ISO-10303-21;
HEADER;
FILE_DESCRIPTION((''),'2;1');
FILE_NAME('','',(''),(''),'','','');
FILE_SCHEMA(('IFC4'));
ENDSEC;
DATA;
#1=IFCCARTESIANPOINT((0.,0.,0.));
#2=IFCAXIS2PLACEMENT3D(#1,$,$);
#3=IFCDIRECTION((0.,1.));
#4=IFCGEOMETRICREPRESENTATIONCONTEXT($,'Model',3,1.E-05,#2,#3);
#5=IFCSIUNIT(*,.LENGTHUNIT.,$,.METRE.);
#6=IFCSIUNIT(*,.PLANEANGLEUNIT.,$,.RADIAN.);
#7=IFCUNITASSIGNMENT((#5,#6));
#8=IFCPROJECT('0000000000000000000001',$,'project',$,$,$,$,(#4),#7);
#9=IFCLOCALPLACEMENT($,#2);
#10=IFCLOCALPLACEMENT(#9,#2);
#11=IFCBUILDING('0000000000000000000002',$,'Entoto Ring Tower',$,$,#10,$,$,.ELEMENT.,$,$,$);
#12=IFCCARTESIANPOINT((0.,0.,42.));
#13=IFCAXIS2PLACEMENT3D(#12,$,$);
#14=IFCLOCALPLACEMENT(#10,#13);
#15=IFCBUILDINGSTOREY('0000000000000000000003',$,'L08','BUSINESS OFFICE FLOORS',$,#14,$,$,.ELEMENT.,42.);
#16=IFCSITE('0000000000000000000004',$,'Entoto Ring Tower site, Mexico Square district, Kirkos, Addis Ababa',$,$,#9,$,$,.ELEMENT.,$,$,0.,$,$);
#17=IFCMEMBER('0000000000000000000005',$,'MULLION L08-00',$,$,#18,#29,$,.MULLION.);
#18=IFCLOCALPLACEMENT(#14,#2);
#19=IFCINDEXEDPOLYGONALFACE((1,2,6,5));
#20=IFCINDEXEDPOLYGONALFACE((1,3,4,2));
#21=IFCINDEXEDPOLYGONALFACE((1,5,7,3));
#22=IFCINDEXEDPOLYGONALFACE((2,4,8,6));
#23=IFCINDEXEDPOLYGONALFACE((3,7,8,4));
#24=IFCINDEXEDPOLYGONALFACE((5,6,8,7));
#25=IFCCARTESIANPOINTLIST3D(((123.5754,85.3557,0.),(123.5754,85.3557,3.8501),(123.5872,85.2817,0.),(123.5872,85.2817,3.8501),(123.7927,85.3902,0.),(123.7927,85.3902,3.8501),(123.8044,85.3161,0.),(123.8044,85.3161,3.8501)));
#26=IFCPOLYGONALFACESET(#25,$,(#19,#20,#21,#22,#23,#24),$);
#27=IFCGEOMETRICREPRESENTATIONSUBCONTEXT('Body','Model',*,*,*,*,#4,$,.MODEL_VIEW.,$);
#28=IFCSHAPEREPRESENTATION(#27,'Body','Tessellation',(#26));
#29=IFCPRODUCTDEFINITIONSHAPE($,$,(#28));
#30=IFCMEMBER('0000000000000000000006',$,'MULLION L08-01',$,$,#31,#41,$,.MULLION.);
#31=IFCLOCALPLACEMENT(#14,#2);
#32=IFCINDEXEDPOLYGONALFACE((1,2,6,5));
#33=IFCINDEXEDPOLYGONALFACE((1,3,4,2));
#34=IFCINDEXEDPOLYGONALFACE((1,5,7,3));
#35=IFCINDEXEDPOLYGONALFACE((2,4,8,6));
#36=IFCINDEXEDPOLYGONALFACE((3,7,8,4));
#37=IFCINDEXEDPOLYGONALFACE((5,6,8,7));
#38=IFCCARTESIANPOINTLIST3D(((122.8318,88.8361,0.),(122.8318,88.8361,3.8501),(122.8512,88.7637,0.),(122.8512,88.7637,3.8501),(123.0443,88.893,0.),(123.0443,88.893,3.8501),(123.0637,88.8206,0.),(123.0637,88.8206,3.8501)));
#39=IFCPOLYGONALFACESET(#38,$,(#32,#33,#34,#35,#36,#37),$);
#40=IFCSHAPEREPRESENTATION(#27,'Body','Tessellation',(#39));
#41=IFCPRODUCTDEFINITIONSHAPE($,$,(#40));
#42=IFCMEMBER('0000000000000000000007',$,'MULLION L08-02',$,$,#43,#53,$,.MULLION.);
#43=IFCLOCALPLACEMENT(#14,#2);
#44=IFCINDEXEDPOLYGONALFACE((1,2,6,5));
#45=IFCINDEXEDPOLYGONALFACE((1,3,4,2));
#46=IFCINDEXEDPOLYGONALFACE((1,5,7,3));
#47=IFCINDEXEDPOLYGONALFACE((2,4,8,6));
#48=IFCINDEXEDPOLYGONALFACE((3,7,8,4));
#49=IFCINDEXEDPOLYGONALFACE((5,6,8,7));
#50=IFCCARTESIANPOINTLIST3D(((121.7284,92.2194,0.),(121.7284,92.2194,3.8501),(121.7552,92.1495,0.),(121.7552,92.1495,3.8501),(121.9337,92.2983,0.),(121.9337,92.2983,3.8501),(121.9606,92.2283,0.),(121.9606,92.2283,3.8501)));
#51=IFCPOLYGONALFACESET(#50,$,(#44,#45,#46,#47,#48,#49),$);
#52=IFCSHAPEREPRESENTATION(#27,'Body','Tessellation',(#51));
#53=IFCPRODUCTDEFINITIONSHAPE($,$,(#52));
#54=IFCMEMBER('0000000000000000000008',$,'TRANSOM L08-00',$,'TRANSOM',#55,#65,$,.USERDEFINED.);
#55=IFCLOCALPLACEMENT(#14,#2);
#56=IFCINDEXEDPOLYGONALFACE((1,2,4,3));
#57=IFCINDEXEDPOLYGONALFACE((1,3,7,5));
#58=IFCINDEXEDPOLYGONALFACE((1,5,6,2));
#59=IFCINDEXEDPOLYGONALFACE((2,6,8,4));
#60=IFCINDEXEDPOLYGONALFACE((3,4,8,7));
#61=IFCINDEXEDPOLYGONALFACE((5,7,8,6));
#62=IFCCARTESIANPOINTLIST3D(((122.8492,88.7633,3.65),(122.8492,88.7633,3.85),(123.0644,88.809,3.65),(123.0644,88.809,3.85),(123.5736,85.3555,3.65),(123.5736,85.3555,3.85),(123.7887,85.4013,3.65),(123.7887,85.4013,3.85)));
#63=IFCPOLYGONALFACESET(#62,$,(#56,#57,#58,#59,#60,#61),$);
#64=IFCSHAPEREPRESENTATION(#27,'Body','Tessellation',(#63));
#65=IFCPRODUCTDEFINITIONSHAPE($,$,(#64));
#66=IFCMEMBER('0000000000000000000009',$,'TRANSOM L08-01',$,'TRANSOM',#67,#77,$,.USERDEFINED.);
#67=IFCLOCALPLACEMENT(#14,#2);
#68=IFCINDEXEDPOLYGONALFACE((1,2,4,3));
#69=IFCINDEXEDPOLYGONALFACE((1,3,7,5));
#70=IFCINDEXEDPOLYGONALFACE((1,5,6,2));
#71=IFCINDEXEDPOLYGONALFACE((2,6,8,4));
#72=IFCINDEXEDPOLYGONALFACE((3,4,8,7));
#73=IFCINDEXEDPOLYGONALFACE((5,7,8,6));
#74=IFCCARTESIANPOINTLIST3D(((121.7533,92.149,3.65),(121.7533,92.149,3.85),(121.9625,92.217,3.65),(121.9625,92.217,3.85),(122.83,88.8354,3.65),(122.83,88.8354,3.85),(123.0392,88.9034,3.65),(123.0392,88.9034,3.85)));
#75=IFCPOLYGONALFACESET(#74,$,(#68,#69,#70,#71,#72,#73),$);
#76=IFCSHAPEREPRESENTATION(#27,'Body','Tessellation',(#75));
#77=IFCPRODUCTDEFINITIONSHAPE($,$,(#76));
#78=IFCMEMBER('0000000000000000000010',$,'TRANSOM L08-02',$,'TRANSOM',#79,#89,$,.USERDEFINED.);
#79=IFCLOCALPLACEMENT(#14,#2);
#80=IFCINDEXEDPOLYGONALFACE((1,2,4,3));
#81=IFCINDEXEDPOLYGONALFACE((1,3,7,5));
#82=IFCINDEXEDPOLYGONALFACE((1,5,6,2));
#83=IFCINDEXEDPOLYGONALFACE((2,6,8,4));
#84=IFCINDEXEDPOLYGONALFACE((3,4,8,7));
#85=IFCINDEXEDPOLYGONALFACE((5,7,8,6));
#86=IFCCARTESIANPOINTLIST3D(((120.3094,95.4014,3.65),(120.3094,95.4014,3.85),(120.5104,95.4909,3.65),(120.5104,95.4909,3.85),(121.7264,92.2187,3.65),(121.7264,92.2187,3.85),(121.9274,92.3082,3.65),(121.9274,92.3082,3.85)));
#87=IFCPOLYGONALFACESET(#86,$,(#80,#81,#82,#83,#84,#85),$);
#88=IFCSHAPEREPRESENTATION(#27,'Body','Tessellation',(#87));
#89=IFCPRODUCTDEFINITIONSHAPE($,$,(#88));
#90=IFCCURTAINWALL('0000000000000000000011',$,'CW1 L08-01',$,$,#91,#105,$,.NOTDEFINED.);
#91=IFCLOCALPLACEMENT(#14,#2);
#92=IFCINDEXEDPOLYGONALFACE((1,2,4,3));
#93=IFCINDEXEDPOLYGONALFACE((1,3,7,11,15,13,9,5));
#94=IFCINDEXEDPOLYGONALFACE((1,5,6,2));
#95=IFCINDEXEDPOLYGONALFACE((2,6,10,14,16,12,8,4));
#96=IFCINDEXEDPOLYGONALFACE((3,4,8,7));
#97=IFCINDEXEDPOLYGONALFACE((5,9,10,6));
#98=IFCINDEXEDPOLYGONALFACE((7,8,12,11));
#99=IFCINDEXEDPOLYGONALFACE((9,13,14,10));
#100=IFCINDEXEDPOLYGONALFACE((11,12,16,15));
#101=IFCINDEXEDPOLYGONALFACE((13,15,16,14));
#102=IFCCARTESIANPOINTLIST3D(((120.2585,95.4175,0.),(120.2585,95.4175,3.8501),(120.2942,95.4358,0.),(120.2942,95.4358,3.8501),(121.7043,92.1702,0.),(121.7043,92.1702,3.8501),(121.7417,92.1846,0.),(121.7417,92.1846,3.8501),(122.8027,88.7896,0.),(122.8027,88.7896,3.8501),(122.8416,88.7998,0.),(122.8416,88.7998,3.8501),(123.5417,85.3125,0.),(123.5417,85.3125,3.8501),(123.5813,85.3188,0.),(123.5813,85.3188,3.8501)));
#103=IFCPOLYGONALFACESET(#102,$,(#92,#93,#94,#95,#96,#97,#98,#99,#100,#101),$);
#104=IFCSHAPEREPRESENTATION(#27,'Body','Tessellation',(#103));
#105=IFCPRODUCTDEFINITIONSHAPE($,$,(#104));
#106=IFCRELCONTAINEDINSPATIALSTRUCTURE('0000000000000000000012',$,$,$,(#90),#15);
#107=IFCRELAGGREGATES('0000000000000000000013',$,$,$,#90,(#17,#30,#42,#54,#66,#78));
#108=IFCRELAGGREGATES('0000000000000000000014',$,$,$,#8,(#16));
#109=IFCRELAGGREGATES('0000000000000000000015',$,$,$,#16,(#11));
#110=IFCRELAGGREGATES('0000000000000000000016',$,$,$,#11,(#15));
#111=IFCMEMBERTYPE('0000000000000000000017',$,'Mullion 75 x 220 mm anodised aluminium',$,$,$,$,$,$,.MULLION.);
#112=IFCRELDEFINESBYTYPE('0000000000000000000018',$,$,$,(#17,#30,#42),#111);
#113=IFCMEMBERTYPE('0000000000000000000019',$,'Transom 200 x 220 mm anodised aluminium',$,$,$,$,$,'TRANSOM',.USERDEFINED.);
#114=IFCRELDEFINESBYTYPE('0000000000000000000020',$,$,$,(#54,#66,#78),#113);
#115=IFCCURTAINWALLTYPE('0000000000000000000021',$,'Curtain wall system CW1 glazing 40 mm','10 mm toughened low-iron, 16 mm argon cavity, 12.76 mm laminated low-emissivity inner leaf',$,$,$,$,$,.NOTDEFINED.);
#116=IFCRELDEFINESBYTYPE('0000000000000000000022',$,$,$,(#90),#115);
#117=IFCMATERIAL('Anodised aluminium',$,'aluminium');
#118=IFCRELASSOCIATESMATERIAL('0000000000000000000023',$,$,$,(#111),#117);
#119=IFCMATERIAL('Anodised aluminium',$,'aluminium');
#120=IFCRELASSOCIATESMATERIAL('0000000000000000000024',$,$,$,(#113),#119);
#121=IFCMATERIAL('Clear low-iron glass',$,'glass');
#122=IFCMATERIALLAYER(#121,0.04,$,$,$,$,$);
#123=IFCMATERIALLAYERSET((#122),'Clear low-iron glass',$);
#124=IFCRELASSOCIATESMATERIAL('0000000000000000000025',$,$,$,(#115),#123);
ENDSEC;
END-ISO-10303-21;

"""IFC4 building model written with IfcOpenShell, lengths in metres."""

from ifc_helpers import new_model, si_unit, direction, frame, origin, origin_2d, place, context, subcontext, project, spatial, polyline, rectangle, outline, extrude, material, layer, layer_set, material_profile, profile_set, type_object, element, aggregate, save


model = new_model("IFC4")

# Units and contexts
model_context = context("Model", 3, precision=1e-05, world=origin(), true_north=direction((0.0, 1.0)))
body_context = subcontext(model_context, "Body", "Model", "MODEL_VIEW")
ifc_project = project(units=[si_unit("LENGTHUNIT", "METRE"), si_unit("PLANEANGLEUNIT", "RADIAN")], contexts=[model_context])

# Members
ifc_material_1 = material(Name="Anodised aluminium", Category="aluminium")
ifc_material_profile_1 = material_profile(ifc_material_1, rectangle(XDim=0.075, YDim=0.22, at=origin_2d()), Name="Mullion 75 x 220 mm anodised aluminium")
ifc_profile_set_1 = profile_set([ifc_material_profile_1], Name="Anodised aluminium")
member_type_1 = type_object("IfcMemberType", Name="Mullion 75 x 220 mm anodised aluminium", PredefinedType="MULLION", material=ifc_profile_set_1)
site_placement = place(None, origin())
building_placement = place(site_placement, origin())
storey_placement = place(building_placement, frame((0.0, 0.0, 42.0)))
member_1_placement = place(storey_placement, frame((123.6899, 85.3359, 0.0), z_axis=(0.0, 0.0, 1.0), x_axis=(-0.156434, 0.987688, 0.0)))
member_1 = element("IfcMember", 1, at=member_1_placement, type_object=member_type_1, Name="MULLION L08-00", PredefinedType="MULLION", context=body_context, shape_type="SweptSolid", body=[
    extrude(rectangle(XDim=0.075, YDim=0.22, at=origin_2d()), origin(), (0.0, 0.0, 1.0), 3.8501),
])
member_2_placement = place(storey_placement, frame((122.9478, 88.8284, 0.0), z_axis=(0.0, 0.0, 1.0), x_axis=(-0.258819, 0.965926, 0.0)))
member_2 = element("IfcMember", 2, at=member_2_placement, type_object=member_type_1, Name="MULLION L08-01", PredefinedType="MULLION", context=body_context, shape_type="SweptSolid", body=[
    extrude(rectangle(XDim=0.075, YDim=0.22, at=origin_2d()), origin(), (0.0, 0.0, 1.0), 3.8501),
])
member_3_placement = place(storey_placement, frame((121.8445, 92.2239, 0.0), z_axis=(0.0, 0.0, 1.0), x_axis=(-0.358368, 0.93358, 0.0)))
member_3 = element("IfcMember", 3, at=member_3_placement, type_object=member_type_1, Name="MULLION L08-02", PredefinedType="MULLION", context=body_context, shape_type="SweptSolid", body=[
    extrude(rectangle(XDim=0.075, YDim=0.22, at=origin_2d()), origin(), (0.0, 0.0, 1.0), 3.8501),
])
ifc_material_2 = material(Name="Anodised aluminium", Category="aluminium")
ifc_material_profile_2 = material_profile(ifc_material_2, rectangle(XDim=0.22, YDim=0.2, at=origin_2d()), Name="Transom 200 x 220 mm anodised aluminium")
ifc_profile_set_2 = profile_set([ifc_material_profile_2], Name="Anodised aluminium")
member_type_2 = type_object("IfcMemberType", Name="Transom 200 x 220 mm anodised aluminium", ElementType="TRANSOM", PredefinedType="USERDEFINED", material=ifc_profile_set_2)
member_4_placement = place(storey_placement, frame((123.6812, 85.3784, 3.75), z_axis=(-0.207921, 0.978146, 0.0), x_axis=(-0.978146, -0.207921, 0.0)))
member_4 = element("IfcMember", 4, at=member_4_placement, type_object=member_type_2, Name="TRANSOM L08-00", ObjectType="TRANSOM", PredefinedType="USERDEFINED", context=body_context, shape_type="SweptSolid", body=[
    extrude(rectangle(XDim=0.22, YDim=0.2, at=origin_2d()), origin(), (0.0, 0.0, 1.0), 3.4839),
])
member_5_placement = place(storey_placement, frame((122.9346, 88.8694, 3.75), z_axis=(-0.309029, 0.951053, 0.0), x_axis=(-0.951053, -0.309029, 0.0)))
member_5 = element("IfcMember", 5, at=member_5_placement, type_object=member_type_2, Name="TRANSOM L08-01", ObjectType="TRANSOM", PredefinedType="USERDEFINED", context=body_context, shape_type="SweptSolid", body=[
    extrude(rectangle(XDim=0.22, YDim=0.2, at=origin_2d()), origin(), (0.0, 0.0, 1.0), 3.4841),
])
member_6_placement = place(storey_placement, frame((121.8269, 92.2634, 3.75), z_axis=(-0.406737, 0.913545, 0.0), x_axis=(-0.913545, -0.406737, 0.0)))
member_6 = element("IfcMember", 6, at=member_6_placement, type_object=member_type_2, Name="TRANSOM L08-02", ObjectType="TRANSOM", PredefinedType="USERDEFINED", context=body_context, shape_type="SweptSolid", body=[
    extrude(rectangle(XDim=0.22, YDim=0.2, at=origin_2d()), origin(), (0.0, 0.0, 1.0), 3.4839),
])

# Site, building, storey
site = spatial("IfcSite", under=ifc_project, at=site_placement, Name="Entoto Ring Tower site, Mexico Square district, Kirkos, Addis Ababa", CompositionType="ELEMENT", RefElevation=0.0)
building = spatial("IfcBuilding", under=site, at=building_placement, Name="Entoto Ring Tower", CompositionType="ELEMENT")
storey = spatial("IfcBuildingStorey", under=building, at=storey_placement, Name="L08", Description="BUSINESS OFFICE FLOORS", CompositionType="ELEMENT", Elevation=42.0)

# Curtain wall
ifc_material_3 = material(Name="Clear low-iron glass", Category="glass")
ifc_layer_1 = layer(ifc_material_3, 0.04)
ifc_layer_set_1 = layer_set([ifc_layer_1], Name="Clear low-iron glass")
curtain_wall_type = type_object("IfcCurtainWallType", Name="Curtain wall system CW1 glazing 40 mm", Description="10 mm toughened low-iron, 16 mm argon cavity, 12.76 mm laminated low-emissivity inner leaf", PredefinedType="NOTDEFINED", material=ifc_layer_set_1)
curtain_wall_1_placement = place(storey_placement, origin())
curtain_wall_1 = element("IfcCurtainWall", 7, at=curtain_wall_1_placement, inside=storey, type_object=curtain_wall_type, Name="CW1 L08-01", PredefinedType="NOTDEFINED", context=body_context, shape_type="SweptSolid", body=[
    extrude(outline(polyline([(123.5813, 85.3188), (122.8416, 88.7998), (121.7417, 92.1846), (120.2942, 95.4358), (120.2585, 95.4175), (121.7043, 92.1702), (122.8027, 88.7896), (123.5417, 85.3125), (123.5813, 85.3188)])), origin(), (0.0, 0.0, 1.0), 3.8501),
])
aggregate(curtain_wall_1, [member_1, member_2, member_3, member_4, member_5, member_6])

save(model, "model.ifc")
